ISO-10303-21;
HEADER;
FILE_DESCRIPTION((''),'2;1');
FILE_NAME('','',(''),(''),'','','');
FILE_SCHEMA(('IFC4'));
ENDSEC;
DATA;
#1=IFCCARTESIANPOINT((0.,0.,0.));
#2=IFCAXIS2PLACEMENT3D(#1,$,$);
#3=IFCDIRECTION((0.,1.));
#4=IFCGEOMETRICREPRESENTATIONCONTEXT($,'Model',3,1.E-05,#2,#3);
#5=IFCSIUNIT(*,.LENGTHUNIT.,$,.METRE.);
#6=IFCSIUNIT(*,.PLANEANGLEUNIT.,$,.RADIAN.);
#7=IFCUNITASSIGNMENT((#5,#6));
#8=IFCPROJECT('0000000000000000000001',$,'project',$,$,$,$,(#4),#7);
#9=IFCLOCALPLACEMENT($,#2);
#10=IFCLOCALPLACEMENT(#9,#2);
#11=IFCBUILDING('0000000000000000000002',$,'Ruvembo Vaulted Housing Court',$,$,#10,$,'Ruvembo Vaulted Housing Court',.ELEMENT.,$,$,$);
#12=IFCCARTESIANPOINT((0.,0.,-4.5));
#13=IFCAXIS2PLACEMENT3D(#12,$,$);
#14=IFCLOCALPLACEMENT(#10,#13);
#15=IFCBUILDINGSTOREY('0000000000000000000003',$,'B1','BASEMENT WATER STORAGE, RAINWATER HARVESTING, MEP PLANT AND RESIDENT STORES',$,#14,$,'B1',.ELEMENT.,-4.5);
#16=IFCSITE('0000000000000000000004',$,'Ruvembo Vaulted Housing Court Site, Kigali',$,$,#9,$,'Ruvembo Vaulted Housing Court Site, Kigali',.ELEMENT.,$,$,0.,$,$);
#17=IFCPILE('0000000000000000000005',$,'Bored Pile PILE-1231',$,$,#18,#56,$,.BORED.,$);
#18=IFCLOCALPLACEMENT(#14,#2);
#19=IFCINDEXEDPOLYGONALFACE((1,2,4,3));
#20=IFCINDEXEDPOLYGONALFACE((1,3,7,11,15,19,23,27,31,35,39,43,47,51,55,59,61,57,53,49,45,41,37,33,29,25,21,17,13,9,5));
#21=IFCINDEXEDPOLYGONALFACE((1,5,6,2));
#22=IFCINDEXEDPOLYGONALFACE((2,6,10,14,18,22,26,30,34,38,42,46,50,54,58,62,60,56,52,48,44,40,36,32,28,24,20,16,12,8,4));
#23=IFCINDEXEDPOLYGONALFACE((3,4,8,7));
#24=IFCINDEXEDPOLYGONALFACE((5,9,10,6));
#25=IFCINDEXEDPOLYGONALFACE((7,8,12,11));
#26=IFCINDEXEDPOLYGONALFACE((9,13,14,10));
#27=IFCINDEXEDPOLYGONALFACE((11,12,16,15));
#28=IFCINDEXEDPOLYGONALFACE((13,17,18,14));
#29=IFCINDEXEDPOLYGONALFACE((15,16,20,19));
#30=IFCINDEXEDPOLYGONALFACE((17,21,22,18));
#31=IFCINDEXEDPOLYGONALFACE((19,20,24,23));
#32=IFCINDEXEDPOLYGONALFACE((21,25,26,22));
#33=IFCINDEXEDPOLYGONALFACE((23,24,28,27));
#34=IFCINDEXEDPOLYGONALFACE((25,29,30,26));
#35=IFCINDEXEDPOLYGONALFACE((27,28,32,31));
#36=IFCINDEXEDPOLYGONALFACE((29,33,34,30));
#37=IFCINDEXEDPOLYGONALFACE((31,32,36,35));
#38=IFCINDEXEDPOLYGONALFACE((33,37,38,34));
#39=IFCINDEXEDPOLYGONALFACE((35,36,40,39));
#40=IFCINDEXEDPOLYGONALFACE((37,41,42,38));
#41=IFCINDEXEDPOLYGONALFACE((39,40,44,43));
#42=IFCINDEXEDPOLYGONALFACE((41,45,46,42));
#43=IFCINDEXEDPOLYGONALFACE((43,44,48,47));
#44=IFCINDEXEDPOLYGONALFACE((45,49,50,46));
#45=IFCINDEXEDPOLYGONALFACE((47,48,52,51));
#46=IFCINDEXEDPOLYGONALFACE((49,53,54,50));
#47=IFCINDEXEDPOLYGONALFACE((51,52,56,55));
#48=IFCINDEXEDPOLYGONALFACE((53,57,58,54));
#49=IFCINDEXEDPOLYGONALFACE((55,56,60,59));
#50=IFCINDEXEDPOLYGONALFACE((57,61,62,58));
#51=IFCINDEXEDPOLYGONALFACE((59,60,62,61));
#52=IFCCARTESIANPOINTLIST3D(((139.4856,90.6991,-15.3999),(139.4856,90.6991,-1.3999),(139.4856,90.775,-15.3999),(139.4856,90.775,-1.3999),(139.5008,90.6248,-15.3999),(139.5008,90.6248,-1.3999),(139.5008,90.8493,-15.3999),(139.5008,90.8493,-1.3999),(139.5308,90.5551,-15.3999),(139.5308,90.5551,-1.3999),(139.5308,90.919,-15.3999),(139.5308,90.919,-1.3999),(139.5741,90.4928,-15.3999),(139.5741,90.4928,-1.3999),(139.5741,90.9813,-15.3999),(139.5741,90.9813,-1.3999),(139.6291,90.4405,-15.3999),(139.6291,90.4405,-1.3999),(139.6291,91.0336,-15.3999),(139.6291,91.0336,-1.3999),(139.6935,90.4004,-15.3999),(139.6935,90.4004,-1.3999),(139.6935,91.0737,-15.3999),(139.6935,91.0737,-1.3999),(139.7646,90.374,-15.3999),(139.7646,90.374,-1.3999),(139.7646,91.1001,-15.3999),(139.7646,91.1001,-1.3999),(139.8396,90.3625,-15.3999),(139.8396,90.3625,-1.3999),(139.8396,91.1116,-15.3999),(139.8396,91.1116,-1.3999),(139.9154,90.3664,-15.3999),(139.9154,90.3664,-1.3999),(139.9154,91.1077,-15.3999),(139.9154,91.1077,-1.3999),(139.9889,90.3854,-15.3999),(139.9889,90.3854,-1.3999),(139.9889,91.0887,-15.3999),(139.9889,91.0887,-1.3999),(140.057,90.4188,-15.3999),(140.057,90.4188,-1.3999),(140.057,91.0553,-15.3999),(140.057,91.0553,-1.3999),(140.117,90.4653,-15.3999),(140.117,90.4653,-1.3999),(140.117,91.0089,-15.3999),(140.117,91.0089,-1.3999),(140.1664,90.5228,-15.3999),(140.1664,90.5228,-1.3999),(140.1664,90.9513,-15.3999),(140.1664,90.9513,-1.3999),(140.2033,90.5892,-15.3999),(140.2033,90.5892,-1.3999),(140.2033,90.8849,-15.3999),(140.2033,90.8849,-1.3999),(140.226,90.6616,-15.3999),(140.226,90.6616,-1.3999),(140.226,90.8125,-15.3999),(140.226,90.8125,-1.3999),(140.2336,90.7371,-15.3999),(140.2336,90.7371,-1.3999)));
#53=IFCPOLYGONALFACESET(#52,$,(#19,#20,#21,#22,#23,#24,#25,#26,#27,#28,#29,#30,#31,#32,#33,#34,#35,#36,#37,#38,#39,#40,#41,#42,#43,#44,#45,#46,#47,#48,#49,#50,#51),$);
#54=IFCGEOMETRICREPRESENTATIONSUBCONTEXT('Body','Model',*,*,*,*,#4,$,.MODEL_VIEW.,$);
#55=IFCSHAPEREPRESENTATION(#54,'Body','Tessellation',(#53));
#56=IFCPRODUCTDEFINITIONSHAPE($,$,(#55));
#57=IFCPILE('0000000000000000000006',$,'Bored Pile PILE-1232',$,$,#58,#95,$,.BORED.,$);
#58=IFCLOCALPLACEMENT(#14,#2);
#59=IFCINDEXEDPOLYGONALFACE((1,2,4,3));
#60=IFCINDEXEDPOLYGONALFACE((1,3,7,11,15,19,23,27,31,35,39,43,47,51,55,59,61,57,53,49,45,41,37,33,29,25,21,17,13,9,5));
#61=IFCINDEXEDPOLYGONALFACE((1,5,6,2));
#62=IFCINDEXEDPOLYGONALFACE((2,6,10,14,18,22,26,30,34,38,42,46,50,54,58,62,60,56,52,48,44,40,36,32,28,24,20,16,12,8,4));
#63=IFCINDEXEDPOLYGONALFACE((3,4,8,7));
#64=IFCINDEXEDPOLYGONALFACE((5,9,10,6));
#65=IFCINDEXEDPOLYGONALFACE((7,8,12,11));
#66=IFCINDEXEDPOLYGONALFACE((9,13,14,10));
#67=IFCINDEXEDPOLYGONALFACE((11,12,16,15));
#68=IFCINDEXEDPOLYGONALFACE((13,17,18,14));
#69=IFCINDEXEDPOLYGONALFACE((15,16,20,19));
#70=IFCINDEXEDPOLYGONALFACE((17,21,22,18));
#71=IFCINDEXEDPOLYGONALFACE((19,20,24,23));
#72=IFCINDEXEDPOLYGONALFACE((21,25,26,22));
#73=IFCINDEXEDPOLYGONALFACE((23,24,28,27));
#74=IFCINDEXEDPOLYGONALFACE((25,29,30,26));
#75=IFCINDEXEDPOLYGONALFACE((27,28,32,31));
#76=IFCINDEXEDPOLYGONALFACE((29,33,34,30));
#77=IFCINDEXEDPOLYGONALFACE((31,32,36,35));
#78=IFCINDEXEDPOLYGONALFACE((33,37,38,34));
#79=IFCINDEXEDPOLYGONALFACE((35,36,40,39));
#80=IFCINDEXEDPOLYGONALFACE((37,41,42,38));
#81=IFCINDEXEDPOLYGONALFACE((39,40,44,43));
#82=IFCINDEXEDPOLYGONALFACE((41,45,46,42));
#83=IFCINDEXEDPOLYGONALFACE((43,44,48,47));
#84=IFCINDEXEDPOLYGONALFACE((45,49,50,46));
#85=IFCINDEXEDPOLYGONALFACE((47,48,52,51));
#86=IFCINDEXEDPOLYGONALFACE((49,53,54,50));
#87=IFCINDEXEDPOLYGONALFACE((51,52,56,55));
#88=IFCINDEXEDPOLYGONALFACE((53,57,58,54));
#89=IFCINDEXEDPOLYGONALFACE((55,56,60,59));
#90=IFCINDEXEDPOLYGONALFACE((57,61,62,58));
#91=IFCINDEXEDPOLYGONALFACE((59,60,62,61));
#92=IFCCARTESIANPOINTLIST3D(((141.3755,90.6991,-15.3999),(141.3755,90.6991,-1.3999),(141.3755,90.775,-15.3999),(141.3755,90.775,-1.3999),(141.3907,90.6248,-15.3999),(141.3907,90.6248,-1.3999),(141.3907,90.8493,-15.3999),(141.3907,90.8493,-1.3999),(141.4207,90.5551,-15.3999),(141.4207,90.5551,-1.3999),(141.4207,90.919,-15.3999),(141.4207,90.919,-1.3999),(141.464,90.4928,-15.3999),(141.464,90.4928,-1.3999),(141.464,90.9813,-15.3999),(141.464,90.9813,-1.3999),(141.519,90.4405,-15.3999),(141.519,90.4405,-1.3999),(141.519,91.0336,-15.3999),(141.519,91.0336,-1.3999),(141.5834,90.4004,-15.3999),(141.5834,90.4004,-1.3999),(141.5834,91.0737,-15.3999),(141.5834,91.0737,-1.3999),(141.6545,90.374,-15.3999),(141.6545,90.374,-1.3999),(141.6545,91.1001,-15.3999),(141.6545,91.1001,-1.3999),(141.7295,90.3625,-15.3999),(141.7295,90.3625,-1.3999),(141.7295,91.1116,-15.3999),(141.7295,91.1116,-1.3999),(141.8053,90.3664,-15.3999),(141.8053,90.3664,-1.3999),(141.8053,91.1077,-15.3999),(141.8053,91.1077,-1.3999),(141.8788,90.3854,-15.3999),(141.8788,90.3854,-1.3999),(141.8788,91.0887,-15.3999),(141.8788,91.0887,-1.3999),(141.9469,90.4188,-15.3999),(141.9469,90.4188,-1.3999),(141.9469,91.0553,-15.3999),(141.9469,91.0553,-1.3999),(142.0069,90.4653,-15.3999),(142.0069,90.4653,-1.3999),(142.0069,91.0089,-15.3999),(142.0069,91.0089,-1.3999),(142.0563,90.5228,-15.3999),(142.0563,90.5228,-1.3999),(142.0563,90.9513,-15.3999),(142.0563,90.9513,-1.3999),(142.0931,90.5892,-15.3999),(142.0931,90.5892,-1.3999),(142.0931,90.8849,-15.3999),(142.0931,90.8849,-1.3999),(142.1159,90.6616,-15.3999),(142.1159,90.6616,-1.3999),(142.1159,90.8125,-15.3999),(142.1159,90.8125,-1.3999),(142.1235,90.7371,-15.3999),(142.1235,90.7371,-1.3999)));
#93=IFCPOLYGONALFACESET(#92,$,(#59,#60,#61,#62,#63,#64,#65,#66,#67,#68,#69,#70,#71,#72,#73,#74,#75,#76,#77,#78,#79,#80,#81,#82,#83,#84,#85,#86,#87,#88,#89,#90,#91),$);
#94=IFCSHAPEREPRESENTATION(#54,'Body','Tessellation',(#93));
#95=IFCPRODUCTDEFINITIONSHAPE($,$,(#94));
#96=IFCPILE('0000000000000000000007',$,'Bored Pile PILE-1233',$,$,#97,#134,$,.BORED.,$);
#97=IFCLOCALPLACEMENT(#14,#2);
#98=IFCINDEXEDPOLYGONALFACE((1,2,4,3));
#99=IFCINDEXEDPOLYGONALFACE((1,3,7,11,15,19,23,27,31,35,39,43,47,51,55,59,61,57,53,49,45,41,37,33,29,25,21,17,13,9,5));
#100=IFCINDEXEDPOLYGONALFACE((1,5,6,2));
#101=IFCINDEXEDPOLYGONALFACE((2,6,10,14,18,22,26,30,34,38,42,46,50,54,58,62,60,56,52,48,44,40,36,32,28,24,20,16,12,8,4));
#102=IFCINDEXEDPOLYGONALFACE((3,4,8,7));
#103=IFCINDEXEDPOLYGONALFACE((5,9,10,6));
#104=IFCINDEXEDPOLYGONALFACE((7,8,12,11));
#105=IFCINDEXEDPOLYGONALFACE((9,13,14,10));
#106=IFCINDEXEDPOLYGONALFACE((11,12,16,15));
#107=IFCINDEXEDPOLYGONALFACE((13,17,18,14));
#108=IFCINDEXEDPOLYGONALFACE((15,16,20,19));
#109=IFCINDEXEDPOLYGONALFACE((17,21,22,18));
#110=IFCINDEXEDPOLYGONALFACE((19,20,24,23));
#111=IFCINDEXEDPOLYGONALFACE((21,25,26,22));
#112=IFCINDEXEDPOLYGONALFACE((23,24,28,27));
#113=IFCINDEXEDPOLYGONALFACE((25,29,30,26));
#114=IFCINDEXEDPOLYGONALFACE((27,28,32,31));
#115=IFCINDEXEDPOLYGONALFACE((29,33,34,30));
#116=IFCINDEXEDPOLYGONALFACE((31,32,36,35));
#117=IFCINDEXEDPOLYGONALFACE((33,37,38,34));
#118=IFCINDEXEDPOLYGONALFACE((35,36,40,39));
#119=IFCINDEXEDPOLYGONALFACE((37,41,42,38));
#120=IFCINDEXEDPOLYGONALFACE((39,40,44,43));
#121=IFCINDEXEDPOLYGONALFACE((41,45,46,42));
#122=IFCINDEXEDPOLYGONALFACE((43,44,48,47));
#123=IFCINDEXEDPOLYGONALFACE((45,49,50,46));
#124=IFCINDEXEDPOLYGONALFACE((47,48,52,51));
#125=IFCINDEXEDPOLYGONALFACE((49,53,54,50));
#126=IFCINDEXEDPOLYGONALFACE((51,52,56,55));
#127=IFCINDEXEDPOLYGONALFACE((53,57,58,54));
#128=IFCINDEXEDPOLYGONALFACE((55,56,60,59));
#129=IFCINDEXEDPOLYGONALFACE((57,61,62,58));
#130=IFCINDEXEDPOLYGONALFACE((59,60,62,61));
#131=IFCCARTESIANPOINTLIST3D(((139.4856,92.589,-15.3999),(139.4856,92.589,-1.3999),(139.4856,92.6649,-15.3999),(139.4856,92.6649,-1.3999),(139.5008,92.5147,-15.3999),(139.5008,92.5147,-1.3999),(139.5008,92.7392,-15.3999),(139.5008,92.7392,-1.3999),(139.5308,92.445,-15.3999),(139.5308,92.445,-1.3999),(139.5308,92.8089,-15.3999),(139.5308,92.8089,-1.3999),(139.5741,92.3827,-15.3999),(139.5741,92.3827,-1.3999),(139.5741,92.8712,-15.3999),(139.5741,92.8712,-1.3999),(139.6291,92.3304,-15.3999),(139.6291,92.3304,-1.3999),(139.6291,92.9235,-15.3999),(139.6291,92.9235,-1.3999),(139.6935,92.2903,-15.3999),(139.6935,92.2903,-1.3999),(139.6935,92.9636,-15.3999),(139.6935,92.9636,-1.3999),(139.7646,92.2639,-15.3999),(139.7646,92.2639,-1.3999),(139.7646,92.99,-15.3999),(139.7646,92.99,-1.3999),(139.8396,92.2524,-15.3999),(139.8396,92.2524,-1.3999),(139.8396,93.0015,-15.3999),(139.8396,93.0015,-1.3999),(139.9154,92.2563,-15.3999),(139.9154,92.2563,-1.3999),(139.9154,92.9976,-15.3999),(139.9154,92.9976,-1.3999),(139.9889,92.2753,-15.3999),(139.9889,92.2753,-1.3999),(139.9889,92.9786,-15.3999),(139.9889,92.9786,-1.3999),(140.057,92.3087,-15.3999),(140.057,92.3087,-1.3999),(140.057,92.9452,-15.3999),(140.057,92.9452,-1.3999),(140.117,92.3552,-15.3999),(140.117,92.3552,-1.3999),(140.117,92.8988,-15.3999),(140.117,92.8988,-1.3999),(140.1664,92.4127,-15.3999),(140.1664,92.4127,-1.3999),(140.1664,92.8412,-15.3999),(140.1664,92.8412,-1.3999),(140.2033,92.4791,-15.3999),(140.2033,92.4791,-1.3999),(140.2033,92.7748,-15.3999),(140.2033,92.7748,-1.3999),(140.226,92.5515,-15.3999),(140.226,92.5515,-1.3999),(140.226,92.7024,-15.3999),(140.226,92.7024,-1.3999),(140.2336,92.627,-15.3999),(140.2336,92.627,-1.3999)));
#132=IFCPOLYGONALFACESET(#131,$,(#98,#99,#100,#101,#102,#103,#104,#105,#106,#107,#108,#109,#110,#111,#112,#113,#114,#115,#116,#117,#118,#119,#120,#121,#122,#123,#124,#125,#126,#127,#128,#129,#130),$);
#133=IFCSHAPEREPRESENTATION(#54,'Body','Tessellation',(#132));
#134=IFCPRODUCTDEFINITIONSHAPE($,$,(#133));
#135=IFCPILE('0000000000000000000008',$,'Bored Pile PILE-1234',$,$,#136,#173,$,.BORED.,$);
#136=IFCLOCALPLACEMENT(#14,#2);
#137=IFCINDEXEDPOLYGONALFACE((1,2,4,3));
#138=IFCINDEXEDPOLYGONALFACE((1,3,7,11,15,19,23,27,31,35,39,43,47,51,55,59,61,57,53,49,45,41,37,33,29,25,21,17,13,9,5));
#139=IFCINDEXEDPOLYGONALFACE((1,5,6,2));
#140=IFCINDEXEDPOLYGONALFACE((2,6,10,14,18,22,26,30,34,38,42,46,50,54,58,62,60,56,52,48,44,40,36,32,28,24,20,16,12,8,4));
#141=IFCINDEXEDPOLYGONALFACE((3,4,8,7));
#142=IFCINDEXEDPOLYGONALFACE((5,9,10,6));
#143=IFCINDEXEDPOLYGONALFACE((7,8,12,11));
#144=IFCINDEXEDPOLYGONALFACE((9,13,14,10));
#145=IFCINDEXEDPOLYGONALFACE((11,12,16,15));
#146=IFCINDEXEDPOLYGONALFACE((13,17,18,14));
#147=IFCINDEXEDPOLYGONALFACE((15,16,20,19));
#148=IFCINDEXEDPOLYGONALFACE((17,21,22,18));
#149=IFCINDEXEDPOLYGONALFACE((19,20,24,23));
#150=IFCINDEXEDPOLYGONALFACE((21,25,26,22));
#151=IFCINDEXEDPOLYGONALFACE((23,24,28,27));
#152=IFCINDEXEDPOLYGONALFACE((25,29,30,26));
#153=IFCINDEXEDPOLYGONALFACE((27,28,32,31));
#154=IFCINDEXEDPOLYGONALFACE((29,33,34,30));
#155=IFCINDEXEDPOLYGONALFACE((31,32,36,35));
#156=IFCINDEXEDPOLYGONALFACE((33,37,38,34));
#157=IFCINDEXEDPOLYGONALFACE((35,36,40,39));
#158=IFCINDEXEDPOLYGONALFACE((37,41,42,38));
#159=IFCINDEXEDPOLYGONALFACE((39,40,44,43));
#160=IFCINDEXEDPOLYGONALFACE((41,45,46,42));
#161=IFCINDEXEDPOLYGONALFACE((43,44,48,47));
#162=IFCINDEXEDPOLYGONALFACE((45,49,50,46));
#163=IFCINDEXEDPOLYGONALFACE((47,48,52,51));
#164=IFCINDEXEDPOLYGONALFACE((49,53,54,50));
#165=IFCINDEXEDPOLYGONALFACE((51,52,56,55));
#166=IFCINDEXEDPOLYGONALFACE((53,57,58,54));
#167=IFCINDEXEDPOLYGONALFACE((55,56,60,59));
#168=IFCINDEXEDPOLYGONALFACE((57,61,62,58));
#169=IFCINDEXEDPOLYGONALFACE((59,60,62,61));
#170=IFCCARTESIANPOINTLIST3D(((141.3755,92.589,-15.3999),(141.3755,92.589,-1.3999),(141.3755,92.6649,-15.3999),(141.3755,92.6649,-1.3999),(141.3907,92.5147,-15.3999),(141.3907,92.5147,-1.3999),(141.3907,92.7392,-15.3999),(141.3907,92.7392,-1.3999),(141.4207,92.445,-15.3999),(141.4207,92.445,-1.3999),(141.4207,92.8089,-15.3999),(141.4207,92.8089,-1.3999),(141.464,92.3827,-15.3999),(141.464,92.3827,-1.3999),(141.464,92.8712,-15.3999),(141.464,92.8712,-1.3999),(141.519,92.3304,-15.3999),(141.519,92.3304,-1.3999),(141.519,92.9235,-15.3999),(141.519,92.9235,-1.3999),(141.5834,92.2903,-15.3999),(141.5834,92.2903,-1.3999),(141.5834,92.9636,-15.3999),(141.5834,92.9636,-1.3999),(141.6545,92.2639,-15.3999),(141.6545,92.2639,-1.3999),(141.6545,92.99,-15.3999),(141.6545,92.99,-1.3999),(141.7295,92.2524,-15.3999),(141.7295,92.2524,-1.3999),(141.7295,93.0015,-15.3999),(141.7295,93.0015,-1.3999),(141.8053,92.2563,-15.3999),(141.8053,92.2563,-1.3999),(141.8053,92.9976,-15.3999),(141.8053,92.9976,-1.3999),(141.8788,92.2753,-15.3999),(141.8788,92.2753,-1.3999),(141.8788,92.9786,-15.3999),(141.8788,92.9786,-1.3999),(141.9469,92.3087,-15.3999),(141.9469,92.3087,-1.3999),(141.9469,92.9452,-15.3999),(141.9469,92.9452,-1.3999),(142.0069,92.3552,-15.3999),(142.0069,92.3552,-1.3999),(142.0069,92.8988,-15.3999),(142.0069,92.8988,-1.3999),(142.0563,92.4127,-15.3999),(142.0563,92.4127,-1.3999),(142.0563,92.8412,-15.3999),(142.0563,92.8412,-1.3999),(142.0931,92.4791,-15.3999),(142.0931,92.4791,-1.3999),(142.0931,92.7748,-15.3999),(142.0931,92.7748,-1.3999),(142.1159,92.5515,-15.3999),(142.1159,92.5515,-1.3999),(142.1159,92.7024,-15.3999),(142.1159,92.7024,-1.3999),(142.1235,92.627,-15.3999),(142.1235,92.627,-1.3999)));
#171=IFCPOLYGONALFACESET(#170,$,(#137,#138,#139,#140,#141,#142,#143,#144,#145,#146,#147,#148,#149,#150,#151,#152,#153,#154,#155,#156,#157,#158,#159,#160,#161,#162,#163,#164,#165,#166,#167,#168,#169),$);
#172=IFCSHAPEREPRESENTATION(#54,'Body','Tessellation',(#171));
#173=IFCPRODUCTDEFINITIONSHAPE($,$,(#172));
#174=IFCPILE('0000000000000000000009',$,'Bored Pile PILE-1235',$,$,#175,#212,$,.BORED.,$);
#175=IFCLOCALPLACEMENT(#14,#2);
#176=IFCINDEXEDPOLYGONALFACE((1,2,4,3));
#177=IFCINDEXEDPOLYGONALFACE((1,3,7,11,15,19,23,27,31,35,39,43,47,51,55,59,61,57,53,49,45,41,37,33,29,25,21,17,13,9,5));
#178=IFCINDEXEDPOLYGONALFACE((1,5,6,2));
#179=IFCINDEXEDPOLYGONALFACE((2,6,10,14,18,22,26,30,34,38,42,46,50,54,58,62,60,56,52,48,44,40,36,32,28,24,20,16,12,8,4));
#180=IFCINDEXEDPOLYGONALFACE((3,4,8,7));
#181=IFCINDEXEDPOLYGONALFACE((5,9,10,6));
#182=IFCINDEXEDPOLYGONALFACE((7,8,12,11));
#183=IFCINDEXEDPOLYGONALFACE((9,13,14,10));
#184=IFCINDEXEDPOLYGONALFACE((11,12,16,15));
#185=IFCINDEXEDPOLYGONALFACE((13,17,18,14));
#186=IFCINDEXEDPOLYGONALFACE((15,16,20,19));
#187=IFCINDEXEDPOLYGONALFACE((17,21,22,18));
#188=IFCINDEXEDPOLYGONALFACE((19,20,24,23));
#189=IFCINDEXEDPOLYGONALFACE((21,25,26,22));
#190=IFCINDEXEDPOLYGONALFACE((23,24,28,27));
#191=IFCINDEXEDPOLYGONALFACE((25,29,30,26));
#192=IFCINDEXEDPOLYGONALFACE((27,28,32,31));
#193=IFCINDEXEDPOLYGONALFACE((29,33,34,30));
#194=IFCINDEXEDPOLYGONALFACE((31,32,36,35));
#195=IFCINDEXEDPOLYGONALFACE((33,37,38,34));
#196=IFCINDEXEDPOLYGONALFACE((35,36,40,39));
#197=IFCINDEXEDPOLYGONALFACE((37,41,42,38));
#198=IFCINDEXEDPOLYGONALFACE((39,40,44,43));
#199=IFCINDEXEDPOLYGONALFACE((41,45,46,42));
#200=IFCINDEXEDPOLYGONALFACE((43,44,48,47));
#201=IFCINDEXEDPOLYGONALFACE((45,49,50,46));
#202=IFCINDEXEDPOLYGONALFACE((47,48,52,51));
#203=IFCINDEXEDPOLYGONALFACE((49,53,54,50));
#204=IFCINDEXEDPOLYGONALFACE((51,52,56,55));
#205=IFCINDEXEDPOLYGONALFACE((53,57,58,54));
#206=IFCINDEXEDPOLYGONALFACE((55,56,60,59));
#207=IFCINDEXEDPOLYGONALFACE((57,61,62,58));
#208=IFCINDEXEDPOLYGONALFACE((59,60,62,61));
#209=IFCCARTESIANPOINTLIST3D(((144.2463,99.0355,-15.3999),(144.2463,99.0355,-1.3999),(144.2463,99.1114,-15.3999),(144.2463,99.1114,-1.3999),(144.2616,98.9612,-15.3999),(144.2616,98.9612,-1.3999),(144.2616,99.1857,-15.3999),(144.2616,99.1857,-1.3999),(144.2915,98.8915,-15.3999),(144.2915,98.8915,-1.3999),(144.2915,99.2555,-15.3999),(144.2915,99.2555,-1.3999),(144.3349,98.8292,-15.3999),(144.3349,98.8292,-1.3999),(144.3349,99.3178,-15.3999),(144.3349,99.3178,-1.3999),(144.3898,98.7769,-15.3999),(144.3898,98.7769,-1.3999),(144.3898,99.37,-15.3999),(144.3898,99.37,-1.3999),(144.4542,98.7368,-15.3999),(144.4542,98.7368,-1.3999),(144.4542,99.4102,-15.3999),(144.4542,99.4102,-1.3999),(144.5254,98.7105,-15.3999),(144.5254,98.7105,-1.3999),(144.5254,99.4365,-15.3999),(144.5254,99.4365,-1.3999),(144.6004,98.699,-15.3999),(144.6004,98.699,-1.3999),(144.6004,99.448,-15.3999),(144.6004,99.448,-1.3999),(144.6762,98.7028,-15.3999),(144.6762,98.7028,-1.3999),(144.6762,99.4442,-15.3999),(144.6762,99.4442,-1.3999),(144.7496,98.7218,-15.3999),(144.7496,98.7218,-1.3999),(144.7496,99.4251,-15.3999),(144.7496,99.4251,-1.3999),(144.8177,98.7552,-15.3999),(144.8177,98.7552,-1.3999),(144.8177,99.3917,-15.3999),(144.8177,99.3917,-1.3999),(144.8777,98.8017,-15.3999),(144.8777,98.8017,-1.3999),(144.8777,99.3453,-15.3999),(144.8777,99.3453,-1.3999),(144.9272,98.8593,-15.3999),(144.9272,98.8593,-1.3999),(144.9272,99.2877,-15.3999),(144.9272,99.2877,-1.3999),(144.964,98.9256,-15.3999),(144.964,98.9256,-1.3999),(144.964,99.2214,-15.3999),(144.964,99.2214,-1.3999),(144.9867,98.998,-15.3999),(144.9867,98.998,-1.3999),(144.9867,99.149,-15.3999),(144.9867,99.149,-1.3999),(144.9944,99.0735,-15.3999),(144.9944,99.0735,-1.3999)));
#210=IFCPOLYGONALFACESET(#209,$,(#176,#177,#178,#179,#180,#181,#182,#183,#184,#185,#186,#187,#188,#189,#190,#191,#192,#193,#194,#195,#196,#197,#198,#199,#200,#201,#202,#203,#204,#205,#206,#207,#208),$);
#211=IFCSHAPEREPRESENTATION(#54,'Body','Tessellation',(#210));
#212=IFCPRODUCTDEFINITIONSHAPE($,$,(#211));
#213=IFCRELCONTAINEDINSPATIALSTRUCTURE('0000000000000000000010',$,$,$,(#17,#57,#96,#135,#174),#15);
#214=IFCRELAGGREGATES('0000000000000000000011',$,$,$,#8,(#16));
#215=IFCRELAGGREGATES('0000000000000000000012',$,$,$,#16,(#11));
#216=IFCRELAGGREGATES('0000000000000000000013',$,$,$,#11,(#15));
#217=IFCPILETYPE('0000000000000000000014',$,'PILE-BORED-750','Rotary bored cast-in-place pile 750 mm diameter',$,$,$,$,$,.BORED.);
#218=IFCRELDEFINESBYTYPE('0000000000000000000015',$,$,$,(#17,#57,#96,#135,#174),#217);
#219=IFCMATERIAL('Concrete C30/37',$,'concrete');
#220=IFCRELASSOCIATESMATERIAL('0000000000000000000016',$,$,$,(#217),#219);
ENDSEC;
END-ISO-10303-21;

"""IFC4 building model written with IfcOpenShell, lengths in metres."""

from ifc_helpers import new_model, si_unit, direction, frame, origin, origin_2d, place, context, subcontext, project, spatial, circle, extrude, material, material_profile, profile_set, type_object, element, save


model = new_model("IFC4")

# Units and contexts
model_context = context("Model", 3, precision=1e-05, world=origin(), true_north=direction((0.0, 1.0)))
body_context = subcontext(model_context, "Body", "Model", "MODEL_VIEW")
ifc_project = project(units=[si_unit("LENGTHUNIT", "METRE"), si_unit("PLANEANGLEUNIT", "RADIAN")], contexts=[model_context])

# Site, building, storey
site_placement = place(None, origin())
site = spatial("IfcSite", under=ifc_project, at=site_placement, Name="Ruvembo Vaulted Housing Court Site, Kigali", LongName="Ruvembo Vaulted Housing Court Site, Kigali", CompositionType="ELEMENT", RefElevation=0.0)
building_placement = place(site_placement, origin())
building = spatial("IfcBuilding", under=site, at=building_placement, Name="Ruvembo Vaulted Housing Court", LongName="Ruvembo Vaulted Housing Court", CompositionType="ELEMENT")
storey_placement = place(building_placement, frame((0.0, 0.0, -4.5)))
storey = spatial("IfcBuildingStorey", under=building, at=storey_placement, Name="B1", Description="BASEMENT WATER STORAGE, RAINWATER HARVESTING, MEP PLANT AND RESIDENT STORES", LongName="B1", CompositionType="ELEMENT", Elevation=-4.5)

# Piles
ifc_material_1 = material(Name="Concrete C30/37", Category="concrete")
ifc_material_profile_1 = material_profile(ifc_material_1, circle(Radius=0.375, at=origin_2d()), Name="PILE D750")
ifc_profile_set_1 = profile_set([ifc_material_profile_1], Name="Concrete C30/37")
pile_type_1 = type_object("IfcPileType", Name="PILE-BORED-750", Description="Rotary bored cast-in-place pile 750 mm diameter", PredefinedType="BORED", material=ifc_profile_set_1)
for number, where, z_axis, x_axis, name in (
    (1, (139.8586, 90.7371, -1.3999), (0.0, 0.0, -1.0), (1.0, 0.0, 0.0), "Bored Pile PILE-1231"),
    (2, (141.7485, 90.7371, -1.3999), (0.0, 0.0, -1.0), (1.0, 0.0, 0.0), "Bored Pile PILE-1232"),
    (3, (139.8586, 92.627, -1.3999), (0.0, 0.0, -1.0), (1.0, 0.0, 0.0), "Bored Pile PILE-1233"),
    (4, (141.7485, 92.627, -1.3999), (0.0, 0.0, -1.0), (1.0, 0.0, 0.0), "Bored Pile PILE-1234"),
    (5, (144.6194, 99.0735, -1.3999), (0.0, 0.0, -1.0), (1.0, 0.0, 0.0), "Bored Pile PILE-1235"),
):
    element("IfcPile", number, at=place(storey_placement, frame(where, z_axis=z_axis, x_axis=x_axis)), inside=storey, type_object=pile_type_1, Name=name, PredefinedType="BORED", context=body_context, shape_type="SweptSolid", body=[
        extrude(circle(Radius=0.375, at=origin_2d()), origin(), (0.0, 0.0, 1.0), 14.0),
    ])

save(model, "model.ifc")
